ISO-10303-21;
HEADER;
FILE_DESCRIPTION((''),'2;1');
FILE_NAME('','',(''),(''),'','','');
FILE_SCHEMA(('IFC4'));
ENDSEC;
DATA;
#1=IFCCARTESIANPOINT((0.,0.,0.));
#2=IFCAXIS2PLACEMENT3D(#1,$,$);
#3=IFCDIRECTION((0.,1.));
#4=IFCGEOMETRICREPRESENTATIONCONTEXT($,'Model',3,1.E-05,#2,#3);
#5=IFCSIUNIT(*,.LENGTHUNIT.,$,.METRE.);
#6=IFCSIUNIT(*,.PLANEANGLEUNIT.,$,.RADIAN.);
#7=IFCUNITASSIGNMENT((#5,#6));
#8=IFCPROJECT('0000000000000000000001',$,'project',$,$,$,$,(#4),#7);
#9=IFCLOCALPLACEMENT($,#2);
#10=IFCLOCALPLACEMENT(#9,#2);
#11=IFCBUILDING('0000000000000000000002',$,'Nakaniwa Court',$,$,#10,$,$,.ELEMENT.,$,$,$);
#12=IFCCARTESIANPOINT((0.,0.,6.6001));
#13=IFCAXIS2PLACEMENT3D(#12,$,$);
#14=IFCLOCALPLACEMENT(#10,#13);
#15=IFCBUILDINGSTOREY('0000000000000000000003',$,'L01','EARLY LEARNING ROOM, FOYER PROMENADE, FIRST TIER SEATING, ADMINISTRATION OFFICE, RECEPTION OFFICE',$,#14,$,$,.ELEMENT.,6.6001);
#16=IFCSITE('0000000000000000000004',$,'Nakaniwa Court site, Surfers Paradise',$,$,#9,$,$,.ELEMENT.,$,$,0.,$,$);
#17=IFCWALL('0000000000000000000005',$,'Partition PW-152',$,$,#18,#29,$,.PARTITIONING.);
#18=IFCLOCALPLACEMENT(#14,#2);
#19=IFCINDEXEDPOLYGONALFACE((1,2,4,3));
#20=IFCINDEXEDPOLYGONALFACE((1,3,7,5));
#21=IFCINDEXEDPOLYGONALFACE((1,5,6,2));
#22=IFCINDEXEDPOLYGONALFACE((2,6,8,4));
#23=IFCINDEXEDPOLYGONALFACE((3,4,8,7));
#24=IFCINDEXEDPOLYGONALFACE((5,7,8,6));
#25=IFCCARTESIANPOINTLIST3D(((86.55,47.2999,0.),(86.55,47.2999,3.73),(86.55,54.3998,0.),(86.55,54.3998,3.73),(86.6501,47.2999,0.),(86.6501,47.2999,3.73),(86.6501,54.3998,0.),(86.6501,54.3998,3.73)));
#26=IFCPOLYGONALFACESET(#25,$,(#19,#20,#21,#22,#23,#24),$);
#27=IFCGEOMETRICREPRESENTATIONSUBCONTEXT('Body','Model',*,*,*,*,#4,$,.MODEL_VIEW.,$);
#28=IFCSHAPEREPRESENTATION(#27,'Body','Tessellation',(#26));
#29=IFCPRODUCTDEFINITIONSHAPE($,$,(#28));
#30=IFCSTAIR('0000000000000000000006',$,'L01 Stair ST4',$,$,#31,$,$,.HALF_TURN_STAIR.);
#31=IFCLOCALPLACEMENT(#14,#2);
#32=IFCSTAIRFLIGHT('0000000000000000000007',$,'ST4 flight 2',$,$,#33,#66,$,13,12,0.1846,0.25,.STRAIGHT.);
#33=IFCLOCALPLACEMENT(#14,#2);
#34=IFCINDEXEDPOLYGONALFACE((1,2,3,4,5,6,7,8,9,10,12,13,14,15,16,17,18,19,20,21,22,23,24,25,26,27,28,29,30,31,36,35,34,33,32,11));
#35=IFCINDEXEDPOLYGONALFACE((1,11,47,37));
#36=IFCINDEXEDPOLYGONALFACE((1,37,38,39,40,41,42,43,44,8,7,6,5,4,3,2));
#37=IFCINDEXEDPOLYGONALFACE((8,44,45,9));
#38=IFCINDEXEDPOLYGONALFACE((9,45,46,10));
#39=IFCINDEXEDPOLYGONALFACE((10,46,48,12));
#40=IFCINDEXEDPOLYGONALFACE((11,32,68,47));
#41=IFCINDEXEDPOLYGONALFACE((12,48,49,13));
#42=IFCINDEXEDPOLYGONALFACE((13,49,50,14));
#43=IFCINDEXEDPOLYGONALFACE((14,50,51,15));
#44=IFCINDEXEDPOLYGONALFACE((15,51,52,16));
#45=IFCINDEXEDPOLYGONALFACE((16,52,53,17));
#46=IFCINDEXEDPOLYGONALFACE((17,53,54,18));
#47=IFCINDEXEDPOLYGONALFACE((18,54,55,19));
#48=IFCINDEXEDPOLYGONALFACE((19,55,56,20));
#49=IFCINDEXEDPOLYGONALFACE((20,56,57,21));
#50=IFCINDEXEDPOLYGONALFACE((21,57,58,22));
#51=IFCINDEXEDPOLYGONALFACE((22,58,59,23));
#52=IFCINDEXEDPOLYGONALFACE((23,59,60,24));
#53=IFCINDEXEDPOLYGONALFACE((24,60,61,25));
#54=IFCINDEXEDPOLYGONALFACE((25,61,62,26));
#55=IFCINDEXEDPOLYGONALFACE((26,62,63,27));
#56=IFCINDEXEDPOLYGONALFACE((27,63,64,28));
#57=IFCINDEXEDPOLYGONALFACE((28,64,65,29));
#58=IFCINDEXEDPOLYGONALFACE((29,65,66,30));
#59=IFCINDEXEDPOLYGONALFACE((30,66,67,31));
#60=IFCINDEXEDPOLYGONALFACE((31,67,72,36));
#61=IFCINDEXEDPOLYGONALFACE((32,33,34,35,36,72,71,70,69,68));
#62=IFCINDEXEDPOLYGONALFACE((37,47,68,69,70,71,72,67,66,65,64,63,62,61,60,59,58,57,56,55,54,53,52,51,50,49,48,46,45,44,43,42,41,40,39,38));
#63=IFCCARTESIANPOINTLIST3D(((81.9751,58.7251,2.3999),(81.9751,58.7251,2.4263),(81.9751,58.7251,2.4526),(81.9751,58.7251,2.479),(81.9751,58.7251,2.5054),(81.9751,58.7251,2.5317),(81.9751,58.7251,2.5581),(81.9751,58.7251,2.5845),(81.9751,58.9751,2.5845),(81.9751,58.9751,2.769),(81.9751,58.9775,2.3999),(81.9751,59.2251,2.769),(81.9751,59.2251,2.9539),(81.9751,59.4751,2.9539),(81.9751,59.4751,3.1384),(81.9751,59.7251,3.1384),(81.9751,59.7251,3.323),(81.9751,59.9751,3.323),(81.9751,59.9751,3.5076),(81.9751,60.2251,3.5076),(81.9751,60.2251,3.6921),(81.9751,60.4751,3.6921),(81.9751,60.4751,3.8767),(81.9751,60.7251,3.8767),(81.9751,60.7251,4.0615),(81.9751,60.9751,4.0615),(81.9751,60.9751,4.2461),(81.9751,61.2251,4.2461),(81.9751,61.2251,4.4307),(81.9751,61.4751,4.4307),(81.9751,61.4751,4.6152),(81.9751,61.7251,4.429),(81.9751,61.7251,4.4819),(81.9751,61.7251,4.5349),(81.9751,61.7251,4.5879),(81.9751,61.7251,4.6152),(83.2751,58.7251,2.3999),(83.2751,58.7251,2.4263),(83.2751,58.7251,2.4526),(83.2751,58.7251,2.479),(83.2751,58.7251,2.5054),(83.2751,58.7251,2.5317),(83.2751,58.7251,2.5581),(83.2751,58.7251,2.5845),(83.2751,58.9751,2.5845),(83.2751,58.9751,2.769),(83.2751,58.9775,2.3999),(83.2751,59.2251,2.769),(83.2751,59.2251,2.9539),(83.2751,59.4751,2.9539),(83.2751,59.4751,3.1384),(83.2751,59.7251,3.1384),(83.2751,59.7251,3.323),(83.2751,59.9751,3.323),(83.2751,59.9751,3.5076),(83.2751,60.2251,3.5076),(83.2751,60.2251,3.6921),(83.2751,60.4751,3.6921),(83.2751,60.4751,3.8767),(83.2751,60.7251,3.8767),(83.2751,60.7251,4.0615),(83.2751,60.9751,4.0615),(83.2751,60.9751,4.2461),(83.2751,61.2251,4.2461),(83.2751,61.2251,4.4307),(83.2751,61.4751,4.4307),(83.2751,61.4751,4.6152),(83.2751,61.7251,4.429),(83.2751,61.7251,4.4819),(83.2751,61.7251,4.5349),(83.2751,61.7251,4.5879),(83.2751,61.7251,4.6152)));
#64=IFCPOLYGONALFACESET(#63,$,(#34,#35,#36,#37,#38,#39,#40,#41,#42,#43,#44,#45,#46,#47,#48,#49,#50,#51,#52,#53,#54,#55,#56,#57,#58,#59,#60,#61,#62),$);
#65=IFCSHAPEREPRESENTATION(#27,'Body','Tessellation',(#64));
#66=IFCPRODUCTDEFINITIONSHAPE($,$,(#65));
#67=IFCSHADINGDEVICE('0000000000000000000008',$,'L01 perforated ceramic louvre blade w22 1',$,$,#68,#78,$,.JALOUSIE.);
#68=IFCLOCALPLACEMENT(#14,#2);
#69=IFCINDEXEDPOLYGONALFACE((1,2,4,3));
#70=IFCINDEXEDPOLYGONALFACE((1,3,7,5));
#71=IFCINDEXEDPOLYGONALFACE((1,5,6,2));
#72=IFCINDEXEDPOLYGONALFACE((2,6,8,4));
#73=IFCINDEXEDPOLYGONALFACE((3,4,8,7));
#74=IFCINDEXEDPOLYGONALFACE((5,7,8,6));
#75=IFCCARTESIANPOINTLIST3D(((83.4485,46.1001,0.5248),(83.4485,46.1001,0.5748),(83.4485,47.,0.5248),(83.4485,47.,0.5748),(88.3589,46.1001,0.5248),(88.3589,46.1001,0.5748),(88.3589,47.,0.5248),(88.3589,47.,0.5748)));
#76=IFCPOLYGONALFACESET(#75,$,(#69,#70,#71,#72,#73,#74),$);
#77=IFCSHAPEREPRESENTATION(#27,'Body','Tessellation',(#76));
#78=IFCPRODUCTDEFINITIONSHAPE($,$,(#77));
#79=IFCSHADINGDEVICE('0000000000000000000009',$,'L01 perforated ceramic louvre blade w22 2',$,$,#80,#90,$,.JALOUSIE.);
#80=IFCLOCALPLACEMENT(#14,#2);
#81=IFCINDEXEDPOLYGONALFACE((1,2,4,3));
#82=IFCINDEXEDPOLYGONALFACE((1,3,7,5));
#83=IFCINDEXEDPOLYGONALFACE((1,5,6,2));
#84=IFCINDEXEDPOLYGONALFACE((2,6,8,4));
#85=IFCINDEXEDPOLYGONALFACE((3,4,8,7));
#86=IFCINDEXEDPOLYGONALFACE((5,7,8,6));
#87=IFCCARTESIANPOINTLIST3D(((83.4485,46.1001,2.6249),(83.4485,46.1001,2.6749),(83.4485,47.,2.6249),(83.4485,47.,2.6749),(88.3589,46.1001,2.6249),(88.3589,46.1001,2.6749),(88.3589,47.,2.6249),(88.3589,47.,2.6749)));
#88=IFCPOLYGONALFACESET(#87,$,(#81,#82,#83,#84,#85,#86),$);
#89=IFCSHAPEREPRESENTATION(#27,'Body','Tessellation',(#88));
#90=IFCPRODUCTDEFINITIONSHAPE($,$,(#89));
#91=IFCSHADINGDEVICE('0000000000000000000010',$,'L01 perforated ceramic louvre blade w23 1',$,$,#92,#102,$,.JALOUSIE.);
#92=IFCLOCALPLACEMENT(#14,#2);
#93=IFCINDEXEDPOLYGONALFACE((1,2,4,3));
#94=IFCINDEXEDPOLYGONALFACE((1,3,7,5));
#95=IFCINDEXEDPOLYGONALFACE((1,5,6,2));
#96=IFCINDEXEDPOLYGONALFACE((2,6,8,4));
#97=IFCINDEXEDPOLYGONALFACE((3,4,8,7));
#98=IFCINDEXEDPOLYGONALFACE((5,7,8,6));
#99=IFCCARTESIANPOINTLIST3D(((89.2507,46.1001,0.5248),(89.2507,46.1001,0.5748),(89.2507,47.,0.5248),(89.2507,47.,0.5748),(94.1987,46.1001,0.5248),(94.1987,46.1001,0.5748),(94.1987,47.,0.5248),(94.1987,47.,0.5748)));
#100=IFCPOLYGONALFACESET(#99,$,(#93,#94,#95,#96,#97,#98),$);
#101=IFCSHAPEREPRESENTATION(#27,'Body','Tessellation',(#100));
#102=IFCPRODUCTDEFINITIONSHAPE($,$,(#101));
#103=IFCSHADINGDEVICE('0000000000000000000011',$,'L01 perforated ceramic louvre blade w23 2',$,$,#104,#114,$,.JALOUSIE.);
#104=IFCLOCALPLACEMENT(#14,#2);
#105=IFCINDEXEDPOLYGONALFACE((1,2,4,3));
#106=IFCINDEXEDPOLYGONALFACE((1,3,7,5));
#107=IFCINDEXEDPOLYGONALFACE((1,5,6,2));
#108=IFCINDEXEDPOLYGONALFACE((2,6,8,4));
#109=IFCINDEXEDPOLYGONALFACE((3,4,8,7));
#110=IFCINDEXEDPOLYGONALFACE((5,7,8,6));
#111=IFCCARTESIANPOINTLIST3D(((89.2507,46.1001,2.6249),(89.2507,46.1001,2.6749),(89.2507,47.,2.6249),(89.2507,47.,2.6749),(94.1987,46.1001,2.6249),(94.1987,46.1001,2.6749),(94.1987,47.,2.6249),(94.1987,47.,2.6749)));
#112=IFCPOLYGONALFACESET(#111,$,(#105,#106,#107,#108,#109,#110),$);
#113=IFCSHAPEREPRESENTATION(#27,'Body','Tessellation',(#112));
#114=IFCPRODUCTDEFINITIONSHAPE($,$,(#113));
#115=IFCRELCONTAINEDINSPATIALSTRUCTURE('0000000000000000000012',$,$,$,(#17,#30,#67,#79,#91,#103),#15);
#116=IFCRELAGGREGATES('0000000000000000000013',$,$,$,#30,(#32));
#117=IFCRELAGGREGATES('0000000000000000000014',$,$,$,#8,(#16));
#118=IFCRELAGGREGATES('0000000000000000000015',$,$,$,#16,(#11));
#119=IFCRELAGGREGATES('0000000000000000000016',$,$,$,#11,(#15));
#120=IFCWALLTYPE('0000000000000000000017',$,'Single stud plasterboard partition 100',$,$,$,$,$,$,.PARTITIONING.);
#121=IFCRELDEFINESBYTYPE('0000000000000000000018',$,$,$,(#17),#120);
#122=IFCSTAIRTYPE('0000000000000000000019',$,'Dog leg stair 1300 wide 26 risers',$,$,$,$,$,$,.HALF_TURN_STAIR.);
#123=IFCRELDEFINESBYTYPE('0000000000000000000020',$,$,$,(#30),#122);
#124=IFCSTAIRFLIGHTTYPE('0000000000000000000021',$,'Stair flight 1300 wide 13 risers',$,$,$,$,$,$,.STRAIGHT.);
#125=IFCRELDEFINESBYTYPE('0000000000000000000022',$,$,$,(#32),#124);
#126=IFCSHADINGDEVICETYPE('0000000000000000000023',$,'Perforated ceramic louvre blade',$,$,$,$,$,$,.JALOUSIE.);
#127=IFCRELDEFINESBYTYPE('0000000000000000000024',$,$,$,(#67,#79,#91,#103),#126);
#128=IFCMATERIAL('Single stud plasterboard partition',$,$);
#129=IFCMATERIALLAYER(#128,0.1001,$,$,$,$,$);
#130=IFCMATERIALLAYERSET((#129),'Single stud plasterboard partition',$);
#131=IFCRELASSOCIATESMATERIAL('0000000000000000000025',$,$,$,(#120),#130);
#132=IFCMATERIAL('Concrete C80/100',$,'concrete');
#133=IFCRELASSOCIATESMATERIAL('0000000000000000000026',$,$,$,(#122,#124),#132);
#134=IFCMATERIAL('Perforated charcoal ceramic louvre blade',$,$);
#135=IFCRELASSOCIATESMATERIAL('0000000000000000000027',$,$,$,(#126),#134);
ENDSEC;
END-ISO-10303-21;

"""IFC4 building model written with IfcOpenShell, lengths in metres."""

from ifc_helpers import new_model, si_unit, direction, frame, frame_2d, origin, origin_2d, place, context, subcontext, project, spatial, polyline, rectangle, outline, extrude, material, layer, layer_set, material_profile, profile_set, type_object, element, aggregate, save


model = new_model("IFC4")

# Units and contexts
model_context = context("Model", 3, precision=1e-05, world=origin(), true_north=direction((0.0, 1.0)))
body_context = subcontext(model_context, "Body", "Model", "MODEL_VIEW")
ifc_project = project(units=[si_unit("LENGTHUNIT", "METRE"), si_unit("PLANEANGLEUNIT", "RADIAN")], contexts=[model_context])

# Site, building, storey
site_placement = place(None, origin())
site = spatial("IfcSite", under=ifc_project, at=site_placement, Name="Nakaniwa Court site, Surfers Paradise", CompositionType="ELEMENT", RefElevation=0.0)
building_placement = place(site_placement, origin())
building = spatial("IfcBuilding", under=site, at=building_placement, Name="Nakaniwa Court", CompositionType="ELEMENT")
storey_placement = place(building_placement, frame((0.0, 0.0, 6.6001)))
storey = spatial("IfcBuildingStorey", under=building, at=storey_placement, Name="L01", Description="EARLY LEARNING ROOM, FOYER PROMENADE, FIRST TIER SEATING, ADMINISTRATION OFFICE, RECEPTION OFFICE", CompositionType="ELEMENT", Elevation=6.6001)

# Wall
ifc_material_1 = material(Name="Single stud plasterboard partition")
ifc_layer_1 = layer(ifc_material_1, 0.1001)
ifc_layer_set_1 = layer_set([ifc_layer_1], Name="Single stud plasterboard partition")
wall_type_1 = type_object("IfcWallType", Name="Single stud plasterboard partition 100", PredefinedType="PARTITIONING", material=ifc_layer_set_1)
wall_1_placement = place(storey_placement, frame((86.6001, 47.3, 0.0), z_axis=(0.0, 0.0, 1.0), x_axis=(0.0, 1.0, 0.0)))
element("IfcWall", 1, at=wall_1_placement, inside=storey, type_object=wall_type_1, Name="Partition PW-152", PredefinedType="PARTITIONING", context=body_context, shape_type="SweptSolid", body=[
    extrude(rectangle(XDim=7.0999, YDim=0.1001, at=frame_2d((3.5498, 0.0))), origin(), (0.0, 0.0, 1.0), 3.73),
])

# Stair, stair flight
ifc_material_2 = material(Name="Concrete C80/100", Category="concrete")
stair_type = type_object("IfcStairType", Name="Dog leg stair 1300 wide 26 risers", PredefinedType="HALF_TURN_STAIR", material=ifc_material_2)
stair_placement = place(storey_placement, origin())
stair = element("IfcStair", 2, at=stair_placement, inside=storey, type_object=stair_type, Name="L01 Stair ST4", PredefinedType="HALF_TURN_STAIR")
stair_flight_type = type_object("IfcStairFlightType", Name="Stair flight 1300 wide 13 risers", PredefinedType="STRAIGHT", material=ifc_material_2)
stair_flight_placement = place(storey_placement, frame((82.625, 58.7251, 2.3999), z_axis=(0.0, 0.0, 1.0), x_axis=(0.0, 1.0, 0.0)))
stair_flight = element("IfcStairFlight", 3, at=stair_flight_placement, type_object=stair_flight_type, Name="ST4 flight 2", NumberOfRisers=13, NumberOfTreads=12, PredefinedType="STRAIGHT", RiserHeight=0.1846, TreadLength=0.25, context=body_context, shape_type="SweptSolid", body=[
    extrude(outline(polyline([(0.0, 0.0), (0.0, 0.0264), (0.0, 0.0527), (0.0, 0.0791), (0.0, 0.1055), (0.0, 0.1318), (0.0, 0.1582), (0.0, 0.1846), (0.25, 0.1846), (0.25, 0.3691), (0.5, 0.3691), (0.5, 0.554), (0.75, 0.554), (0.75, 0.7385), (1.0, 0.7385), (1.0, 0.9231), (1.25, 0.9231), (1.25, 1.1077), (1.5, 1.1077), (1.5, 1.2922), (1.75, 1.2922), (1.75, 1.4768), (2.0, 1.4768), (2.0, 1.6616), (2.25, 1.6616), (2.25, 1.8462), (2.5, 1.8462), (2.5, 2.0308), (2.75, 2.0308), (2.75, 2.2153), (3.0, 2.2153), (3.0, 2.3999), (3.0, 2.3469), (3.0, 2.2939), (3.0, 2.241), (3.0, 2.188), (3.0, 2.135), (3.0, 2.082), (3.0, 2.0291), (0.2524, 0.0), (0.0, 0.0)])), frame((0.0, 0.6499, 0.0), z_axis=(0.0, -1.0, 0.0), x_axis=(1.0, 0.0, 0.0)), (0.0, 0.0, 1.0), 1.3),
])
aggregate(stair, [stair_flight])

# Shading devices
ifc_material_3 = material(Name="Perforated charcoal ceramic louvre blade")
ifc_material_profile_1 = material_profile(ifc_material_3, rectangle(XDim=0.8999, YDim=0.05, at=origin_2d()), Name="Perforated ceramic louvre blade")
ifc_profile_set_1 = profile_set([ifc_material_profile_1], Name="Perforated charcoal ceramic louvre blade")
shading_device_type = type_object("IfcShadingDeviceType", Name="Perforated ceramic louvre blade", PredefinedType="JALOUSIE", material=ifc_profile_set_1)
for number, where, z_axis, x_axis, name in (
    (4, (83.4485, 46.55, 0.5498), (1.0, 0.0, 0.0), (0.0, 1.0, 0.0), "L01 perforated ceramic louvre blade w22 1"),
    (5, (83.4485, 46.55, 2.6499), (1.0, 0.0, 0.0), (0.0, 1.0, 0.0), "L01 perforated ceramic louvre blade w22 2"),
):
    element("IfcShadingDevice", number, at=place(storey_placement, frame(where, z_axis=z_axis, x_axis=x_axis)), inside=storey, type_object=shading_device_type, Name=name, PredefinedType="JALOUSIE", context=body_context, shape_type="SweptSolid", body=[
        extrude(rectangle(XDim=0.8999, YDim=0.05, at=origin_2d()), origin(), (0.0, 0.0, 1.0), 4.9104),
    ])
for number, where, z_axis, x_axis, name in (
    (6, (89.2507, 46.55, 0.5498), (1.0, 0.0, 0.0), (0.0, 1.0, 0.0), "L01 perforated ceramic louvre blade w23 1"),
    (7, (89.2507, 46.55, 2.6499), (1.0, 0.0, 0.0), (0.0, 1.0, 0.0), "L01 perforated ceramic louvre blade w23 2"),
):
    element("IfcShadingDevice", number, at=place(storey_placement, frame(where, z_axis=z_axis, x_axis=x_axis)), inside=storey, type_object=shading_device_type, Name=name, PredefinedType="JALOUSIE", context=body_context, shape_type="SweptSolid", body=[
        extrude(rectangle(XDim=0.8999, YDim=0.05, at=origin_2d()), origin(), (0.0, 0.0, 1.0), 4.948),
    ])

save(model, "model.ifc")
